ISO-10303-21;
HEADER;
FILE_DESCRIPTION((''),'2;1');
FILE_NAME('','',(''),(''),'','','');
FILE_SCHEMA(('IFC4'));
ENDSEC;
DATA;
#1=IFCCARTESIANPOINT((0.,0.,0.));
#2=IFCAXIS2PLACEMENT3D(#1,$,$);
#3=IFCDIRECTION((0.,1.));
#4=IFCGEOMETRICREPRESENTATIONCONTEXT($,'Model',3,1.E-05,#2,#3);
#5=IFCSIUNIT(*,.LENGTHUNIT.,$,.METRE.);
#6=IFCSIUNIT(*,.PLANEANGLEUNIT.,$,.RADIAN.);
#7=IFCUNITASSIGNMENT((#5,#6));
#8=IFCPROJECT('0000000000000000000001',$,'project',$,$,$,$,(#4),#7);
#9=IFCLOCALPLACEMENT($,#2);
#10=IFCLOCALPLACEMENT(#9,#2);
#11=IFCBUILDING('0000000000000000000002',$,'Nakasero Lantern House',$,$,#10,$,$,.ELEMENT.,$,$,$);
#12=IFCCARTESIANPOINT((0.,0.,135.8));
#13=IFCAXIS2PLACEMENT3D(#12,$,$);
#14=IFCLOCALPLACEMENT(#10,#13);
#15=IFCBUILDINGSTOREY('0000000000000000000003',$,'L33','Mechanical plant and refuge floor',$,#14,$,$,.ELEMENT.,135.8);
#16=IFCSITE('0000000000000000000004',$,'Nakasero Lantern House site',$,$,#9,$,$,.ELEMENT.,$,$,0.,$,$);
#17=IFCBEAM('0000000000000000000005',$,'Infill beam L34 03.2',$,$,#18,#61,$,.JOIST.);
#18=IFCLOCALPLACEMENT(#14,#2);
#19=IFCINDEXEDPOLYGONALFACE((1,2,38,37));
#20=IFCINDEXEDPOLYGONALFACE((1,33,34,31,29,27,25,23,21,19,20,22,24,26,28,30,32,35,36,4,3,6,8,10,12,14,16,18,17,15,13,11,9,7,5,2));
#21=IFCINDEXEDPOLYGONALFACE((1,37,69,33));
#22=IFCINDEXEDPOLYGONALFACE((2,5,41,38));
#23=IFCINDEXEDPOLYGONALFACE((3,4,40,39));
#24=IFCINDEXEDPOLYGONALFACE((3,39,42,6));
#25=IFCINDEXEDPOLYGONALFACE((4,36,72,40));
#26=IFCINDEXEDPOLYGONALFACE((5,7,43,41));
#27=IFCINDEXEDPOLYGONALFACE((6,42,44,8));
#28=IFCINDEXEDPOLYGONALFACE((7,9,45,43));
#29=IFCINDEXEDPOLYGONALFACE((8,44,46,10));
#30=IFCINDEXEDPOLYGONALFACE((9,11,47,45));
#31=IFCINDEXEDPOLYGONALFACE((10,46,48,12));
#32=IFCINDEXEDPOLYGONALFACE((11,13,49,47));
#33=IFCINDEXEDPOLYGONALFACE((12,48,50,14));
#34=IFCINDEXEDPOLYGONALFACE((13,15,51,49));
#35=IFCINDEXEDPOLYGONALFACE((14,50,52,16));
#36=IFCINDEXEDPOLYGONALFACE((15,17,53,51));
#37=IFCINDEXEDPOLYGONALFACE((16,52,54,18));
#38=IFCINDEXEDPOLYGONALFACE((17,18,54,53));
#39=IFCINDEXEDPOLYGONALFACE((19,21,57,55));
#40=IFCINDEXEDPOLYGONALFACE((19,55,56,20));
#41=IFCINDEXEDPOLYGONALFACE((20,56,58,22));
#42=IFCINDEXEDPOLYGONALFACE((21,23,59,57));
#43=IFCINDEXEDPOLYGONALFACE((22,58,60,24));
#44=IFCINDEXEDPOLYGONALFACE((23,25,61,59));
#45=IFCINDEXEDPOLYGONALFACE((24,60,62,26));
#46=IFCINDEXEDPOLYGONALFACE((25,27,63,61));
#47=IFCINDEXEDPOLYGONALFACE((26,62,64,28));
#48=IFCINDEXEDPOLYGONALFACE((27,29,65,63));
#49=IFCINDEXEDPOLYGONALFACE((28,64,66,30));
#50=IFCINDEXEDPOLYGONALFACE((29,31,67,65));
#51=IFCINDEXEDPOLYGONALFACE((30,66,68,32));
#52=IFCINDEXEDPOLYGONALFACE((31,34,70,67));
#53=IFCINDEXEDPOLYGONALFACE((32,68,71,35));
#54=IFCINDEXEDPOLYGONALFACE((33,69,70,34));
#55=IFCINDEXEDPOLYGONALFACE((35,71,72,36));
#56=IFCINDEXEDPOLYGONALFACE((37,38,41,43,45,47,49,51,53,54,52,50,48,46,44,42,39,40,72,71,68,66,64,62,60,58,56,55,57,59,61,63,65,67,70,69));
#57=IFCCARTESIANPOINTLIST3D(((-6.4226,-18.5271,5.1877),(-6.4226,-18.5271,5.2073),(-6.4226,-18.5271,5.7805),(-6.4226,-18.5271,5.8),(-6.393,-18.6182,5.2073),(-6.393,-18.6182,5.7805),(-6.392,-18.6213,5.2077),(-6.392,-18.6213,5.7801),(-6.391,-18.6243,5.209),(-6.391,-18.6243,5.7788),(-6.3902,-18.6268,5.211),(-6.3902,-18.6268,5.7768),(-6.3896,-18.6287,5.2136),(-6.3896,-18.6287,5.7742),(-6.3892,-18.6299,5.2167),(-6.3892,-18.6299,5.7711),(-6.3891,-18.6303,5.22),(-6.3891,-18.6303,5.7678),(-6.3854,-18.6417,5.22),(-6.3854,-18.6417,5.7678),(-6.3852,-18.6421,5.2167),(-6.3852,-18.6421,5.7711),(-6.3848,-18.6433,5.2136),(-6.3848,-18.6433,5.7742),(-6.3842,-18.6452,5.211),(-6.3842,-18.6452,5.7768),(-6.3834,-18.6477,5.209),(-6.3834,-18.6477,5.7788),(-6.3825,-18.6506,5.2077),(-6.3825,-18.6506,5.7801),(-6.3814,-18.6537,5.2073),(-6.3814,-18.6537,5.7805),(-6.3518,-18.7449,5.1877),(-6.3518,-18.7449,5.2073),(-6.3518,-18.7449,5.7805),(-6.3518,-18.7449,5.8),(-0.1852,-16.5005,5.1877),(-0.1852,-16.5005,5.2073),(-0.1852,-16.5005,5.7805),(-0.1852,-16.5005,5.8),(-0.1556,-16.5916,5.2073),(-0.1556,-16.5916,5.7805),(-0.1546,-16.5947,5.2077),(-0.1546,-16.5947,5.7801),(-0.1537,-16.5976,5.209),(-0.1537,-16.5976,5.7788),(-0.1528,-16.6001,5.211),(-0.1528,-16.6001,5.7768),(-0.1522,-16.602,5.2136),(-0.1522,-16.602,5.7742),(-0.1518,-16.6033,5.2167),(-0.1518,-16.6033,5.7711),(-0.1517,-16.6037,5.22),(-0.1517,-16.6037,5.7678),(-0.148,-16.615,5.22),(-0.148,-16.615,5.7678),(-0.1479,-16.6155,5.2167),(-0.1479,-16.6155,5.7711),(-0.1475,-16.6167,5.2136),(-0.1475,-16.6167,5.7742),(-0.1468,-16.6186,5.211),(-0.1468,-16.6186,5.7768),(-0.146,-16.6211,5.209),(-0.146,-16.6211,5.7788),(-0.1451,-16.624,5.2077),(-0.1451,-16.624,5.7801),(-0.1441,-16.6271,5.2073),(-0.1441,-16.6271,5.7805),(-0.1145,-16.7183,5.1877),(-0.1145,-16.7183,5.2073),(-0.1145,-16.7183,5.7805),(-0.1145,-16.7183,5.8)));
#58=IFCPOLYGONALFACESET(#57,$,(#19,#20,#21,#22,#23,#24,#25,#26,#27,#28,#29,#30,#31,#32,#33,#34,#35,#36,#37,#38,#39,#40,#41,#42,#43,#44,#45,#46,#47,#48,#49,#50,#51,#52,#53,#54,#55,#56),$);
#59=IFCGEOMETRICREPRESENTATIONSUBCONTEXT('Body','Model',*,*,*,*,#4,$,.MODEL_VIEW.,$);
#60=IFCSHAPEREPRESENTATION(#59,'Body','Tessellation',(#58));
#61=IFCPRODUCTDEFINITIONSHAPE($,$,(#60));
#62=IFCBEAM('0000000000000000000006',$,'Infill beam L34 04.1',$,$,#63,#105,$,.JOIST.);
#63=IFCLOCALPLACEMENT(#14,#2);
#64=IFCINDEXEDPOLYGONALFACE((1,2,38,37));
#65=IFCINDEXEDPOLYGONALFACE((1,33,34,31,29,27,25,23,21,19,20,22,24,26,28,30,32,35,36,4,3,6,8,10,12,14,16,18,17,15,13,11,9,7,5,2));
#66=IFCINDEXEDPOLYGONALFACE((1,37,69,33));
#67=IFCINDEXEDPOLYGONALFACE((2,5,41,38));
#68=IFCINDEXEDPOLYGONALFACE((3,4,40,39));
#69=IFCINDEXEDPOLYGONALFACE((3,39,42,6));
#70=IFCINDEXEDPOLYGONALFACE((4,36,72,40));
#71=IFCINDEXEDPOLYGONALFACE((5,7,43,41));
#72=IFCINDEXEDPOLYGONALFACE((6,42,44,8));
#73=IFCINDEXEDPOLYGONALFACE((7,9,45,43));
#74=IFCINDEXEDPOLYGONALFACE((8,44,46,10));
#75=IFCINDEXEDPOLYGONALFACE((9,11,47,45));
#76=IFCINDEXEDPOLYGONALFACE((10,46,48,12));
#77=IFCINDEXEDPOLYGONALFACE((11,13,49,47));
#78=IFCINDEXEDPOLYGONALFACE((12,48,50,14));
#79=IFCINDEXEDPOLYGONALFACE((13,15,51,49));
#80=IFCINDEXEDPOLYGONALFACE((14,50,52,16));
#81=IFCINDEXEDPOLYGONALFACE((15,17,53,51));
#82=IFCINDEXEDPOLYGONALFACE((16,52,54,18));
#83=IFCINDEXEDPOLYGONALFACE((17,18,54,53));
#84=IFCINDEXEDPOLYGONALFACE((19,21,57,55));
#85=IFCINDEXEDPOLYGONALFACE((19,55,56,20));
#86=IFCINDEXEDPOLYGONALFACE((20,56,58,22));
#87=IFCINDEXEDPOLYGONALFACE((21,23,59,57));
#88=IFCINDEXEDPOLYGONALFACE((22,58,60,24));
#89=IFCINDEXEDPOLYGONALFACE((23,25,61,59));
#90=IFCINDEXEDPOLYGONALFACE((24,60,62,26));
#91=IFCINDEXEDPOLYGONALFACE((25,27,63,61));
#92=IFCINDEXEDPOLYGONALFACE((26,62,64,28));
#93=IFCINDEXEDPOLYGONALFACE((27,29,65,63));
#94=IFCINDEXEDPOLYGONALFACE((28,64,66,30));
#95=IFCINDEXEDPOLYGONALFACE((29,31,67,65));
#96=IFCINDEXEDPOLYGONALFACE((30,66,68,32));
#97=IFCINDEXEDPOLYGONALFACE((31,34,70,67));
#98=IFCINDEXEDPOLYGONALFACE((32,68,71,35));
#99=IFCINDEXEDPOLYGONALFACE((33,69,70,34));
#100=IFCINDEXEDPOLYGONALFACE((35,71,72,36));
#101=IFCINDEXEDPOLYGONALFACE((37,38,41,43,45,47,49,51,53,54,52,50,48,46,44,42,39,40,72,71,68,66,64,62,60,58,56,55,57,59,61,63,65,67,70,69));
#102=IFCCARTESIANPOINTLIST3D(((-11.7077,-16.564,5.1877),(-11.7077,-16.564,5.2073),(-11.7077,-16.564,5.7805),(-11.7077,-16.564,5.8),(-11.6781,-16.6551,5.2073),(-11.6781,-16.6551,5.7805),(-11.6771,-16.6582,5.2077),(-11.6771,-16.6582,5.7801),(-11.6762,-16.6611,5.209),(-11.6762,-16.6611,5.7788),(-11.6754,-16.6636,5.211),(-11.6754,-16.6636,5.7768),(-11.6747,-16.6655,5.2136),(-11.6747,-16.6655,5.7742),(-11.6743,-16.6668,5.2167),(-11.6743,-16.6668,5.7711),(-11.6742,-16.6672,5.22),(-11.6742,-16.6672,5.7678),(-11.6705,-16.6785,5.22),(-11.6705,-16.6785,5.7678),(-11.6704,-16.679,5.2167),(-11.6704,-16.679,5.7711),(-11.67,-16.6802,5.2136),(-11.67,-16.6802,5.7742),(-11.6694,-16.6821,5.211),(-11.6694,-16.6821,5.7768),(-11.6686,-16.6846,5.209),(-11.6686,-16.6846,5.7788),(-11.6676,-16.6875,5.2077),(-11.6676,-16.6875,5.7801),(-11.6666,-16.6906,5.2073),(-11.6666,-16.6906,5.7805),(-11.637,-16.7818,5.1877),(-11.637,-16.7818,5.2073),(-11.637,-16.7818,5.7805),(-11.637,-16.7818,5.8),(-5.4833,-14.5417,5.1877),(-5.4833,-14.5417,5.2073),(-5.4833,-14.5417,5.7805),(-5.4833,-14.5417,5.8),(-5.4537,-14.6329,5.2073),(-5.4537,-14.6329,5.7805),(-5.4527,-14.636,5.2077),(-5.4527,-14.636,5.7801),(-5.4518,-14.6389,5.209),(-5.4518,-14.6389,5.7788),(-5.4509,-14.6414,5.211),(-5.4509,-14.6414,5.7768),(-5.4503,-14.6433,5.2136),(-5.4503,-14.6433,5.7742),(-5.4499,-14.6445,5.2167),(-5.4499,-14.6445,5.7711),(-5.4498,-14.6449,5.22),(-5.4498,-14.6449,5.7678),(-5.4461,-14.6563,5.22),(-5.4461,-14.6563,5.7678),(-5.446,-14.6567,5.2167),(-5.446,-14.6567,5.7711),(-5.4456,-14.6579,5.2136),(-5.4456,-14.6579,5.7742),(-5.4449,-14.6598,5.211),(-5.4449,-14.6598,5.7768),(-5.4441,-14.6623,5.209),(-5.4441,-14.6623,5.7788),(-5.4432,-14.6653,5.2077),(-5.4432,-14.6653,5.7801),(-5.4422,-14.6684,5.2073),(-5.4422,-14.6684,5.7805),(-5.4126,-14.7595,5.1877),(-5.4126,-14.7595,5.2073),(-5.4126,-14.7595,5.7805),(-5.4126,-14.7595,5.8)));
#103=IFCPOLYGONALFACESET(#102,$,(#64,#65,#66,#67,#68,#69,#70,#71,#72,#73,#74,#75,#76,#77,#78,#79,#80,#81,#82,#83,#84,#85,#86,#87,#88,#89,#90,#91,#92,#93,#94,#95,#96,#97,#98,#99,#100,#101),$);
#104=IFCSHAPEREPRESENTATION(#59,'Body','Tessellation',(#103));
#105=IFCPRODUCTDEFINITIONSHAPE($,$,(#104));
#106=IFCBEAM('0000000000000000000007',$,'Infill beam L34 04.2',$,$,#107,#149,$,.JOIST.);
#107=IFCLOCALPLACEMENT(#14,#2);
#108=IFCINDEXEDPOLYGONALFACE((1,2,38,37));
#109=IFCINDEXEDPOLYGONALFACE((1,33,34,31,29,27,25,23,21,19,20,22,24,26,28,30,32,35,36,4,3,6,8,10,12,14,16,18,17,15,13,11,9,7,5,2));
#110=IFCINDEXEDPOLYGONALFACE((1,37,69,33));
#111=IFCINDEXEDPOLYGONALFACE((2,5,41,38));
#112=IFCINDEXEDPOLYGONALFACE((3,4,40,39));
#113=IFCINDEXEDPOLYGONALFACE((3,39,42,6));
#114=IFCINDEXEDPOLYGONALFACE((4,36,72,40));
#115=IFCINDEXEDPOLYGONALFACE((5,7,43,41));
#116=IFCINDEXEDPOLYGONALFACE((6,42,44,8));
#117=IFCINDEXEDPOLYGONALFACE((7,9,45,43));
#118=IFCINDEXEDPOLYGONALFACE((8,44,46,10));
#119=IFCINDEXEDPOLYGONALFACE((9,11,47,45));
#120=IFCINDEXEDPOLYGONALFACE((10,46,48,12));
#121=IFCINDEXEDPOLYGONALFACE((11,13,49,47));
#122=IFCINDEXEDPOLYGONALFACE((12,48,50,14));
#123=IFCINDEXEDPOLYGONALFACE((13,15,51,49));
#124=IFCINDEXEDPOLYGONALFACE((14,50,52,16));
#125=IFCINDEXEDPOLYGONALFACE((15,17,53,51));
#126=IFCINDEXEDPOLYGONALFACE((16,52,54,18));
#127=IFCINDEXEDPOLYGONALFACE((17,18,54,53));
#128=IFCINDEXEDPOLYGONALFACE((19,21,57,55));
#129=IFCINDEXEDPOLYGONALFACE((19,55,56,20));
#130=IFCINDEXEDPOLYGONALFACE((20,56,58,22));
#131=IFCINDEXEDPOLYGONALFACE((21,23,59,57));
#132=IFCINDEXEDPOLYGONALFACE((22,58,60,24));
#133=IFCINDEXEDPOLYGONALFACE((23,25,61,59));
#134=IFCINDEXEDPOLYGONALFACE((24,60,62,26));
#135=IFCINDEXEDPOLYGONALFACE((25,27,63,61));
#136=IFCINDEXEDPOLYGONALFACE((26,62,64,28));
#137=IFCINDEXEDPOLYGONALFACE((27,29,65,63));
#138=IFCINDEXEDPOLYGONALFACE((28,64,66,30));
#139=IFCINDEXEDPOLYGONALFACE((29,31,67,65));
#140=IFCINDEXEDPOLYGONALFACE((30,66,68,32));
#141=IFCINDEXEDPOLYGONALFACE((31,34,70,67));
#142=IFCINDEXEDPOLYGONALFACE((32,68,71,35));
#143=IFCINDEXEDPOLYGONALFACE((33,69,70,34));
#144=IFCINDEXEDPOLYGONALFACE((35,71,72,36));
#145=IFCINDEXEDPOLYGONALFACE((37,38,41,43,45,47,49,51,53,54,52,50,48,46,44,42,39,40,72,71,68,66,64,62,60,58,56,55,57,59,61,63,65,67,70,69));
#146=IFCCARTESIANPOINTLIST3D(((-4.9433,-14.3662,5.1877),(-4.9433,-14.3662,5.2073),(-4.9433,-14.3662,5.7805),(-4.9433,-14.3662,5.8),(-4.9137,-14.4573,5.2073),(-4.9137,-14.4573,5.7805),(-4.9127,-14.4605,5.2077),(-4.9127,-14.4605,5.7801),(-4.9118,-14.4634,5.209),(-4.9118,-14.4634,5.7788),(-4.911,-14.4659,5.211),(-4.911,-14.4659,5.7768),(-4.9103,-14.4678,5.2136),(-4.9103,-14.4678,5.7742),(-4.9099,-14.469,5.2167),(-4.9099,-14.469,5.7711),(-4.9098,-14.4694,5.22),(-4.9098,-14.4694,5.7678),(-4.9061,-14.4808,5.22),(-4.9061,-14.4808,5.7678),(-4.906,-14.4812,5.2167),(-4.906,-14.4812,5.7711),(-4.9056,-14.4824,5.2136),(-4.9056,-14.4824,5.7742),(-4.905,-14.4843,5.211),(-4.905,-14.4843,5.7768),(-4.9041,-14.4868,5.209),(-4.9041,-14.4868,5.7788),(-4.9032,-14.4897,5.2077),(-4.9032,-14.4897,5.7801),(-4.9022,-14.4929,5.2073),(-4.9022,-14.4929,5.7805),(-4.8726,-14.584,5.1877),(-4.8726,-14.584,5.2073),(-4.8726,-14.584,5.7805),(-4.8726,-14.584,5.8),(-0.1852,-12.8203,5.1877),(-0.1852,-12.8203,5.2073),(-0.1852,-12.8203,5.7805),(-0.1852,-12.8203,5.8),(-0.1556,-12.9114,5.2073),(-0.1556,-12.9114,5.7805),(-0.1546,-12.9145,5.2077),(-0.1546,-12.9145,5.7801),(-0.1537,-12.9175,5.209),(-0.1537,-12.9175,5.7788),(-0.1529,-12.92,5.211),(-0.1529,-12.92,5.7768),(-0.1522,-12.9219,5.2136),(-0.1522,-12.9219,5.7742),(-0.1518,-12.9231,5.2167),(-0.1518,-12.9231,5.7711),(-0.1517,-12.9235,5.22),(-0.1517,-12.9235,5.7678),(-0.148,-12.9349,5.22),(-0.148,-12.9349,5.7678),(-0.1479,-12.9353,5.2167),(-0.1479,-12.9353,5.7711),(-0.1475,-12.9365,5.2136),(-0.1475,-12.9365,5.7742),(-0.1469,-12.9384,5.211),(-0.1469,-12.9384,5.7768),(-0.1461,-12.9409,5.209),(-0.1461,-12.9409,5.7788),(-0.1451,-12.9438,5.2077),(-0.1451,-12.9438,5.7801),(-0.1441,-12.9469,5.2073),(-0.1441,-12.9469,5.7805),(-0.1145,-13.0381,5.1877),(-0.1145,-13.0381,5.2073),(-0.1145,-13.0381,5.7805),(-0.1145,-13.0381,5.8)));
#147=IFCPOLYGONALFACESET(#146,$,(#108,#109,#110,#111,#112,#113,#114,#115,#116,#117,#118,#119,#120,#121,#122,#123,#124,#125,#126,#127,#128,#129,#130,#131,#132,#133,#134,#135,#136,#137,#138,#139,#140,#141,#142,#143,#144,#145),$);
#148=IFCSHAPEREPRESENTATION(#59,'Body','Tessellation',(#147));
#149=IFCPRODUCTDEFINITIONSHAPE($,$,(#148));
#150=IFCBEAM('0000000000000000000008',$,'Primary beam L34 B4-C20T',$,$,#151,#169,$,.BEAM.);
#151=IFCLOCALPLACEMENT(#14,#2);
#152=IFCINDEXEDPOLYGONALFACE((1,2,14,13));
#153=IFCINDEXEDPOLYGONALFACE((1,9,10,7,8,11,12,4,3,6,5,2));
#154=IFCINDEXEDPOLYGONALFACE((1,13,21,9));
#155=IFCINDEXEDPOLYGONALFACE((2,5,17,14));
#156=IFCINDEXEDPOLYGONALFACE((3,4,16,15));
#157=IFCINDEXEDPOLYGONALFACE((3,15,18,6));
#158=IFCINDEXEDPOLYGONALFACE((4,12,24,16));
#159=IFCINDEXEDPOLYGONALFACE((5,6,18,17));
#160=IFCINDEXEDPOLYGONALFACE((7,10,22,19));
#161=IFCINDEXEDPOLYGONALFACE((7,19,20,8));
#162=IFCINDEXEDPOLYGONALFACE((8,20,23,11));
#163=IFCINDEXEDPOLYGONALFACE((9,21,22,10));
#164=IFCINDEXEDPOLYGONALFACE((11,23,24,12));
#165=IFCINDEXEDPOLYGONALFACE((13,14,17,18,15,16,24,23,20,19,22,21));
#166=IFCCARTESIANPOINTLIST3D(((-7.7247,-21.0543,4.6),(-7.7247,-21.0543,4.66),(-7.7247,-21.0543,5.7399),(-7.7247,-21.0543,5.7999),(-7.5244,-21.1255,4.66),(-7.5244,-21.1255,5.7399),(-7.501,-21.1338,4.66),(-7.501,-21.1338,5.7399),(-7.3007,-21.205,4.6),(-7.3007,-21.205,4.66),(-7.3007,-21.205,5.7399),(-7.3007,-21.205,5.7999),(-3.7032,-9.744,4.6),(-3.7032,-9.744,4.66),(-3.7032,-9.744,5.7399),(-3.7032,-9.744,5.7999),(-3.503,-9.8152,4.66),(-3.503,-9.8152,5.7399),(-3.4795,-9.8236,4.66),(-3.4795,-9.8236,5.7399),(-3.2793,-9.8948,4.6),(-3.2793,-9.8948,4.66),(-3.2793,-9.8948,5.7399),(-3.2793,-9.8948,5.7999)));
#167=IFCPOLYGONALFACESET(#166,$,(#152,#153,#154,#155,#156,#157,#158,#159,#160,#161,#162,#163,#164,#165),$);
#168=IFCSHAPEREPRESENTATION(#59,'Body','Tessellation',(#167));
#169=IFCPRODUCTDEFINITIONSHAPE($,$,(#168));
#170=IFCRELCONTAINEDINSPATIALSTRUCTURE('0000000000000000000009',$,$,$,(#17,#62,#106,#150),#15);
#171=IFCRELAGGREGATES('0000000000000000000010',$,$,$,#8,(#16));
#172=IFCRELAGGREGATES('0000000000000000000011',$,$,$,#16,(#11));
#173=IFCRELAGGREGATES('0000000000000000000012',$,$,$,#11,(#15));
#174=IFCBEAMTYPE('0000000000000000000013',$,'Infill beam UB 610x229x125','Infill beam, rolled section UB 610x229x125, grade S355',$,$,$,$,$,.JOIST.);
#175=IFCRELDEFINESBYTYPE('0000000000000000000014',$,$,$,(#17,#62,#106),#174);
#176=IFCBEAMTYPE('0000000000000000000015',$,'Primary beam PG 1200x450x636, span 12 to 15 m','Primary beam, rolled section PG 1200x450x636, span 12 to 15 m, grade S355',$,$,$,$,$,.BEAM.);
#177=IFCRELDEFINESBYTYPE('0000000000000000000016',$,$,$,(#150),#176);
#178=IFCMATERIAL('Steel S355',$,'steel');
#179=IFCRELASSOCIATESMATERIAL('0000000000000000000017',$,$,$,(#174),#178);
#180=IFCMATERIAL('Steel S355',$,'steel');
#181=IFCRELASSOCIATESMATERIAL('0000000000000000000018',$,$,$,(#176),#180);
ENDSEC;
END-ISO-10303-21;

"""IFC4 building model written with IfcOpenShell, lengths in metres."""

from ifc_helpers import new_model, si_unit, direction, frame, origin, origin_2d, place, context, subcontext, project, spatial, i_section, extrude, material, material_profile, profile_set, type_object, element, save


model = new_model("IFC4")

# Units and contexts
model_context = context("Model", 3, precision=1e-05, world=origin(), true_north=direction((0.0, 1.0)))
body_context = subcontext(model_context, "Body", "Model", "MODEL_VIEW")
ifc_project = project(units=[si_unit("LENGTHUNIT", "METRE"), si_unit("PLANEANGLEUNIT", "RADIAN")], contexts=[model_context])

# Site, building, storey
site_placement = place(None, origin())
site = spatial("IfcSite", under=ifc_project, at=site_placement, Name="Nakasero Lantern House site", CompositionType="ELEMENT", RefElevation=0.0)
building_placement = place(site_placement, origin())
building = spatial("IfcBuilding", under=site, at=building_placement, Name="Nakasero Lantern House", CompositionType="ELEMENT")
storey_placement = place(building_placement, frame((0.0, 0.0, 135.8)))
storey = spatial("IfcBuildingStorey", under=building, at=storey_placement, Name="L33", Description="Mechanical plant and refuge floor", CompositionType="ELEMENT", Elevation=135.8)

# Beams
ifc_material_1 = material(Name="Steel S355", Category="steel")
ifc_material_profile_1 = material_profile(ifc_material_1, i_section(OverallWidth=0.229, OverallDepth=0.6123, WebThickness=0.012, FlangeThickness=0.0195, FilletRadius=0.0127, at=origin_2d()), Name="UB 610x229x125")
ifc_profile_set_1 = profile_set([ifc_material_profile_1], Name="Steel S355")
beam_type_1 = type_object("IfcBeamType", Name="Infill beam UB 610x229x125", Description="Infill beam, rolled section UB 610x229x125, grade S355", PredefinedType="JOIST", material=ifc_profile_set_1)
beam_1_placement = place(storey_placement, frame((-6.3872, -18.636, 5.4939), z_axis=(0.951057, 0.309015, 0.0), x_axis=(-0.309015, 0.951057, 0.0)))
element("IfcBeam", 1, at=beam_1_placement, inside=storey, type_object=beam_type_1, Name="Infill beam L34 03.2", PredefinedType="JOIST", context=body_context, shape_type="SweptSolid", body=[
    extrude(i_section(OverallWidth=0.229, OverallDepth=0.6123, WebThickness=0.012, FlangeThickness=0.0195, FilletRadius=0.0127, at=origin_2d()), origin(), (0.0, 0.0, 1.0), 6.5583),
])
beam_2_placement = place(storey_placement, frame((-11.6724, -16.6729, 5.4939), z_axis=(0.951066, 0.308989, 0.0), x_axis=(-0.308989, 0.951066, 0.0)))
element("IfcBeam", 2, at=beam_2_placement, inside=storey, type_object=beam_type_1, Name="Infill beam L34 04.1", PredefinedType="JOIST", context=body_context, shape_type="SweptSolid", body=[
    extrude(i_section(OverallWidth=0.229, OverallDepth=0.6123, WebThickness=0.012, FlangeThickness=0.0195, FilletRadius=0.0127, at=origin_2d()), origin(), (0.0, 0.0, 1.0), 6.5447),
])
beam_3_placement = place(storey_placement, frame((-4.908, -14.4751, 5.4939), z_axis=(0.951062, 0.309001, 0.0), x_axis=(-0.309001, 0.951062, 0.0)))
element("IfcBeam", 3, at=beam_3_placement, inside=storey, type_object=beam_type_1, Name="Infill beam L34 04.2", PredefinedType="JOIST", context=body_context, shape_type="SweptSolid", body=[
    extrude(i_section(OverallWidth=0.229, OverallDepth=0.6123, WebThickness=0.012, FlangeThickness=0.0195, FilletRadius=0.0127, at=origin_2d()), origin(), (0.0, 0.0, 1.0), 5.0029),
])
ifc_material_2 = material(Name="Steel S355", Category="steel")
ifc_material_profile_2 = material_profile(ifc_material_2, i_section(OverallWidth=0.45, OverallDepth=1.2, WebThickness=0.0249, FlangeThickness=0.0601, at=origin_2d()), Name="PG 1200x450x636")
ifc_profile_set_2 = profile_set([ifc_material_profile_2], Name="Steel S355")
beam_type_2 = type_object("IfcBeamType", Name="Primary beam PG 1200x450x636, span 12 to 15 m", Description="Primary beam, rolled section PG 1200x450x636, span 12 to 15 m, grade S355", PredefinedType="BEAM", material=ifc_profile_set_2)
beam_4_placement = place(storey_placement, frame((-7.5127, -21.1296, 5.2), z_axis=(0.335013, 0.942214, 0.0), x_axis=(-0.942214, 0.335013, 0.0)))
element("IfcBeam", 4, at=beam_4_placement, inside=storey, type_object=beam_type_2, Name="Primary beam L34 B4-C20T", PredefinedType="BEAM", context=body_context, shape_type="SweptSolid", body=[
    extrude(i_section(OverallWidth=0.45, OverallDepth=1.2, WebThickness=0.0249, FlangeThickness=0.0601, at=origin_2d()), origin(), (0.0, 0.0, 1.0), 12.0039),
])

save(model, "model.ifc")
